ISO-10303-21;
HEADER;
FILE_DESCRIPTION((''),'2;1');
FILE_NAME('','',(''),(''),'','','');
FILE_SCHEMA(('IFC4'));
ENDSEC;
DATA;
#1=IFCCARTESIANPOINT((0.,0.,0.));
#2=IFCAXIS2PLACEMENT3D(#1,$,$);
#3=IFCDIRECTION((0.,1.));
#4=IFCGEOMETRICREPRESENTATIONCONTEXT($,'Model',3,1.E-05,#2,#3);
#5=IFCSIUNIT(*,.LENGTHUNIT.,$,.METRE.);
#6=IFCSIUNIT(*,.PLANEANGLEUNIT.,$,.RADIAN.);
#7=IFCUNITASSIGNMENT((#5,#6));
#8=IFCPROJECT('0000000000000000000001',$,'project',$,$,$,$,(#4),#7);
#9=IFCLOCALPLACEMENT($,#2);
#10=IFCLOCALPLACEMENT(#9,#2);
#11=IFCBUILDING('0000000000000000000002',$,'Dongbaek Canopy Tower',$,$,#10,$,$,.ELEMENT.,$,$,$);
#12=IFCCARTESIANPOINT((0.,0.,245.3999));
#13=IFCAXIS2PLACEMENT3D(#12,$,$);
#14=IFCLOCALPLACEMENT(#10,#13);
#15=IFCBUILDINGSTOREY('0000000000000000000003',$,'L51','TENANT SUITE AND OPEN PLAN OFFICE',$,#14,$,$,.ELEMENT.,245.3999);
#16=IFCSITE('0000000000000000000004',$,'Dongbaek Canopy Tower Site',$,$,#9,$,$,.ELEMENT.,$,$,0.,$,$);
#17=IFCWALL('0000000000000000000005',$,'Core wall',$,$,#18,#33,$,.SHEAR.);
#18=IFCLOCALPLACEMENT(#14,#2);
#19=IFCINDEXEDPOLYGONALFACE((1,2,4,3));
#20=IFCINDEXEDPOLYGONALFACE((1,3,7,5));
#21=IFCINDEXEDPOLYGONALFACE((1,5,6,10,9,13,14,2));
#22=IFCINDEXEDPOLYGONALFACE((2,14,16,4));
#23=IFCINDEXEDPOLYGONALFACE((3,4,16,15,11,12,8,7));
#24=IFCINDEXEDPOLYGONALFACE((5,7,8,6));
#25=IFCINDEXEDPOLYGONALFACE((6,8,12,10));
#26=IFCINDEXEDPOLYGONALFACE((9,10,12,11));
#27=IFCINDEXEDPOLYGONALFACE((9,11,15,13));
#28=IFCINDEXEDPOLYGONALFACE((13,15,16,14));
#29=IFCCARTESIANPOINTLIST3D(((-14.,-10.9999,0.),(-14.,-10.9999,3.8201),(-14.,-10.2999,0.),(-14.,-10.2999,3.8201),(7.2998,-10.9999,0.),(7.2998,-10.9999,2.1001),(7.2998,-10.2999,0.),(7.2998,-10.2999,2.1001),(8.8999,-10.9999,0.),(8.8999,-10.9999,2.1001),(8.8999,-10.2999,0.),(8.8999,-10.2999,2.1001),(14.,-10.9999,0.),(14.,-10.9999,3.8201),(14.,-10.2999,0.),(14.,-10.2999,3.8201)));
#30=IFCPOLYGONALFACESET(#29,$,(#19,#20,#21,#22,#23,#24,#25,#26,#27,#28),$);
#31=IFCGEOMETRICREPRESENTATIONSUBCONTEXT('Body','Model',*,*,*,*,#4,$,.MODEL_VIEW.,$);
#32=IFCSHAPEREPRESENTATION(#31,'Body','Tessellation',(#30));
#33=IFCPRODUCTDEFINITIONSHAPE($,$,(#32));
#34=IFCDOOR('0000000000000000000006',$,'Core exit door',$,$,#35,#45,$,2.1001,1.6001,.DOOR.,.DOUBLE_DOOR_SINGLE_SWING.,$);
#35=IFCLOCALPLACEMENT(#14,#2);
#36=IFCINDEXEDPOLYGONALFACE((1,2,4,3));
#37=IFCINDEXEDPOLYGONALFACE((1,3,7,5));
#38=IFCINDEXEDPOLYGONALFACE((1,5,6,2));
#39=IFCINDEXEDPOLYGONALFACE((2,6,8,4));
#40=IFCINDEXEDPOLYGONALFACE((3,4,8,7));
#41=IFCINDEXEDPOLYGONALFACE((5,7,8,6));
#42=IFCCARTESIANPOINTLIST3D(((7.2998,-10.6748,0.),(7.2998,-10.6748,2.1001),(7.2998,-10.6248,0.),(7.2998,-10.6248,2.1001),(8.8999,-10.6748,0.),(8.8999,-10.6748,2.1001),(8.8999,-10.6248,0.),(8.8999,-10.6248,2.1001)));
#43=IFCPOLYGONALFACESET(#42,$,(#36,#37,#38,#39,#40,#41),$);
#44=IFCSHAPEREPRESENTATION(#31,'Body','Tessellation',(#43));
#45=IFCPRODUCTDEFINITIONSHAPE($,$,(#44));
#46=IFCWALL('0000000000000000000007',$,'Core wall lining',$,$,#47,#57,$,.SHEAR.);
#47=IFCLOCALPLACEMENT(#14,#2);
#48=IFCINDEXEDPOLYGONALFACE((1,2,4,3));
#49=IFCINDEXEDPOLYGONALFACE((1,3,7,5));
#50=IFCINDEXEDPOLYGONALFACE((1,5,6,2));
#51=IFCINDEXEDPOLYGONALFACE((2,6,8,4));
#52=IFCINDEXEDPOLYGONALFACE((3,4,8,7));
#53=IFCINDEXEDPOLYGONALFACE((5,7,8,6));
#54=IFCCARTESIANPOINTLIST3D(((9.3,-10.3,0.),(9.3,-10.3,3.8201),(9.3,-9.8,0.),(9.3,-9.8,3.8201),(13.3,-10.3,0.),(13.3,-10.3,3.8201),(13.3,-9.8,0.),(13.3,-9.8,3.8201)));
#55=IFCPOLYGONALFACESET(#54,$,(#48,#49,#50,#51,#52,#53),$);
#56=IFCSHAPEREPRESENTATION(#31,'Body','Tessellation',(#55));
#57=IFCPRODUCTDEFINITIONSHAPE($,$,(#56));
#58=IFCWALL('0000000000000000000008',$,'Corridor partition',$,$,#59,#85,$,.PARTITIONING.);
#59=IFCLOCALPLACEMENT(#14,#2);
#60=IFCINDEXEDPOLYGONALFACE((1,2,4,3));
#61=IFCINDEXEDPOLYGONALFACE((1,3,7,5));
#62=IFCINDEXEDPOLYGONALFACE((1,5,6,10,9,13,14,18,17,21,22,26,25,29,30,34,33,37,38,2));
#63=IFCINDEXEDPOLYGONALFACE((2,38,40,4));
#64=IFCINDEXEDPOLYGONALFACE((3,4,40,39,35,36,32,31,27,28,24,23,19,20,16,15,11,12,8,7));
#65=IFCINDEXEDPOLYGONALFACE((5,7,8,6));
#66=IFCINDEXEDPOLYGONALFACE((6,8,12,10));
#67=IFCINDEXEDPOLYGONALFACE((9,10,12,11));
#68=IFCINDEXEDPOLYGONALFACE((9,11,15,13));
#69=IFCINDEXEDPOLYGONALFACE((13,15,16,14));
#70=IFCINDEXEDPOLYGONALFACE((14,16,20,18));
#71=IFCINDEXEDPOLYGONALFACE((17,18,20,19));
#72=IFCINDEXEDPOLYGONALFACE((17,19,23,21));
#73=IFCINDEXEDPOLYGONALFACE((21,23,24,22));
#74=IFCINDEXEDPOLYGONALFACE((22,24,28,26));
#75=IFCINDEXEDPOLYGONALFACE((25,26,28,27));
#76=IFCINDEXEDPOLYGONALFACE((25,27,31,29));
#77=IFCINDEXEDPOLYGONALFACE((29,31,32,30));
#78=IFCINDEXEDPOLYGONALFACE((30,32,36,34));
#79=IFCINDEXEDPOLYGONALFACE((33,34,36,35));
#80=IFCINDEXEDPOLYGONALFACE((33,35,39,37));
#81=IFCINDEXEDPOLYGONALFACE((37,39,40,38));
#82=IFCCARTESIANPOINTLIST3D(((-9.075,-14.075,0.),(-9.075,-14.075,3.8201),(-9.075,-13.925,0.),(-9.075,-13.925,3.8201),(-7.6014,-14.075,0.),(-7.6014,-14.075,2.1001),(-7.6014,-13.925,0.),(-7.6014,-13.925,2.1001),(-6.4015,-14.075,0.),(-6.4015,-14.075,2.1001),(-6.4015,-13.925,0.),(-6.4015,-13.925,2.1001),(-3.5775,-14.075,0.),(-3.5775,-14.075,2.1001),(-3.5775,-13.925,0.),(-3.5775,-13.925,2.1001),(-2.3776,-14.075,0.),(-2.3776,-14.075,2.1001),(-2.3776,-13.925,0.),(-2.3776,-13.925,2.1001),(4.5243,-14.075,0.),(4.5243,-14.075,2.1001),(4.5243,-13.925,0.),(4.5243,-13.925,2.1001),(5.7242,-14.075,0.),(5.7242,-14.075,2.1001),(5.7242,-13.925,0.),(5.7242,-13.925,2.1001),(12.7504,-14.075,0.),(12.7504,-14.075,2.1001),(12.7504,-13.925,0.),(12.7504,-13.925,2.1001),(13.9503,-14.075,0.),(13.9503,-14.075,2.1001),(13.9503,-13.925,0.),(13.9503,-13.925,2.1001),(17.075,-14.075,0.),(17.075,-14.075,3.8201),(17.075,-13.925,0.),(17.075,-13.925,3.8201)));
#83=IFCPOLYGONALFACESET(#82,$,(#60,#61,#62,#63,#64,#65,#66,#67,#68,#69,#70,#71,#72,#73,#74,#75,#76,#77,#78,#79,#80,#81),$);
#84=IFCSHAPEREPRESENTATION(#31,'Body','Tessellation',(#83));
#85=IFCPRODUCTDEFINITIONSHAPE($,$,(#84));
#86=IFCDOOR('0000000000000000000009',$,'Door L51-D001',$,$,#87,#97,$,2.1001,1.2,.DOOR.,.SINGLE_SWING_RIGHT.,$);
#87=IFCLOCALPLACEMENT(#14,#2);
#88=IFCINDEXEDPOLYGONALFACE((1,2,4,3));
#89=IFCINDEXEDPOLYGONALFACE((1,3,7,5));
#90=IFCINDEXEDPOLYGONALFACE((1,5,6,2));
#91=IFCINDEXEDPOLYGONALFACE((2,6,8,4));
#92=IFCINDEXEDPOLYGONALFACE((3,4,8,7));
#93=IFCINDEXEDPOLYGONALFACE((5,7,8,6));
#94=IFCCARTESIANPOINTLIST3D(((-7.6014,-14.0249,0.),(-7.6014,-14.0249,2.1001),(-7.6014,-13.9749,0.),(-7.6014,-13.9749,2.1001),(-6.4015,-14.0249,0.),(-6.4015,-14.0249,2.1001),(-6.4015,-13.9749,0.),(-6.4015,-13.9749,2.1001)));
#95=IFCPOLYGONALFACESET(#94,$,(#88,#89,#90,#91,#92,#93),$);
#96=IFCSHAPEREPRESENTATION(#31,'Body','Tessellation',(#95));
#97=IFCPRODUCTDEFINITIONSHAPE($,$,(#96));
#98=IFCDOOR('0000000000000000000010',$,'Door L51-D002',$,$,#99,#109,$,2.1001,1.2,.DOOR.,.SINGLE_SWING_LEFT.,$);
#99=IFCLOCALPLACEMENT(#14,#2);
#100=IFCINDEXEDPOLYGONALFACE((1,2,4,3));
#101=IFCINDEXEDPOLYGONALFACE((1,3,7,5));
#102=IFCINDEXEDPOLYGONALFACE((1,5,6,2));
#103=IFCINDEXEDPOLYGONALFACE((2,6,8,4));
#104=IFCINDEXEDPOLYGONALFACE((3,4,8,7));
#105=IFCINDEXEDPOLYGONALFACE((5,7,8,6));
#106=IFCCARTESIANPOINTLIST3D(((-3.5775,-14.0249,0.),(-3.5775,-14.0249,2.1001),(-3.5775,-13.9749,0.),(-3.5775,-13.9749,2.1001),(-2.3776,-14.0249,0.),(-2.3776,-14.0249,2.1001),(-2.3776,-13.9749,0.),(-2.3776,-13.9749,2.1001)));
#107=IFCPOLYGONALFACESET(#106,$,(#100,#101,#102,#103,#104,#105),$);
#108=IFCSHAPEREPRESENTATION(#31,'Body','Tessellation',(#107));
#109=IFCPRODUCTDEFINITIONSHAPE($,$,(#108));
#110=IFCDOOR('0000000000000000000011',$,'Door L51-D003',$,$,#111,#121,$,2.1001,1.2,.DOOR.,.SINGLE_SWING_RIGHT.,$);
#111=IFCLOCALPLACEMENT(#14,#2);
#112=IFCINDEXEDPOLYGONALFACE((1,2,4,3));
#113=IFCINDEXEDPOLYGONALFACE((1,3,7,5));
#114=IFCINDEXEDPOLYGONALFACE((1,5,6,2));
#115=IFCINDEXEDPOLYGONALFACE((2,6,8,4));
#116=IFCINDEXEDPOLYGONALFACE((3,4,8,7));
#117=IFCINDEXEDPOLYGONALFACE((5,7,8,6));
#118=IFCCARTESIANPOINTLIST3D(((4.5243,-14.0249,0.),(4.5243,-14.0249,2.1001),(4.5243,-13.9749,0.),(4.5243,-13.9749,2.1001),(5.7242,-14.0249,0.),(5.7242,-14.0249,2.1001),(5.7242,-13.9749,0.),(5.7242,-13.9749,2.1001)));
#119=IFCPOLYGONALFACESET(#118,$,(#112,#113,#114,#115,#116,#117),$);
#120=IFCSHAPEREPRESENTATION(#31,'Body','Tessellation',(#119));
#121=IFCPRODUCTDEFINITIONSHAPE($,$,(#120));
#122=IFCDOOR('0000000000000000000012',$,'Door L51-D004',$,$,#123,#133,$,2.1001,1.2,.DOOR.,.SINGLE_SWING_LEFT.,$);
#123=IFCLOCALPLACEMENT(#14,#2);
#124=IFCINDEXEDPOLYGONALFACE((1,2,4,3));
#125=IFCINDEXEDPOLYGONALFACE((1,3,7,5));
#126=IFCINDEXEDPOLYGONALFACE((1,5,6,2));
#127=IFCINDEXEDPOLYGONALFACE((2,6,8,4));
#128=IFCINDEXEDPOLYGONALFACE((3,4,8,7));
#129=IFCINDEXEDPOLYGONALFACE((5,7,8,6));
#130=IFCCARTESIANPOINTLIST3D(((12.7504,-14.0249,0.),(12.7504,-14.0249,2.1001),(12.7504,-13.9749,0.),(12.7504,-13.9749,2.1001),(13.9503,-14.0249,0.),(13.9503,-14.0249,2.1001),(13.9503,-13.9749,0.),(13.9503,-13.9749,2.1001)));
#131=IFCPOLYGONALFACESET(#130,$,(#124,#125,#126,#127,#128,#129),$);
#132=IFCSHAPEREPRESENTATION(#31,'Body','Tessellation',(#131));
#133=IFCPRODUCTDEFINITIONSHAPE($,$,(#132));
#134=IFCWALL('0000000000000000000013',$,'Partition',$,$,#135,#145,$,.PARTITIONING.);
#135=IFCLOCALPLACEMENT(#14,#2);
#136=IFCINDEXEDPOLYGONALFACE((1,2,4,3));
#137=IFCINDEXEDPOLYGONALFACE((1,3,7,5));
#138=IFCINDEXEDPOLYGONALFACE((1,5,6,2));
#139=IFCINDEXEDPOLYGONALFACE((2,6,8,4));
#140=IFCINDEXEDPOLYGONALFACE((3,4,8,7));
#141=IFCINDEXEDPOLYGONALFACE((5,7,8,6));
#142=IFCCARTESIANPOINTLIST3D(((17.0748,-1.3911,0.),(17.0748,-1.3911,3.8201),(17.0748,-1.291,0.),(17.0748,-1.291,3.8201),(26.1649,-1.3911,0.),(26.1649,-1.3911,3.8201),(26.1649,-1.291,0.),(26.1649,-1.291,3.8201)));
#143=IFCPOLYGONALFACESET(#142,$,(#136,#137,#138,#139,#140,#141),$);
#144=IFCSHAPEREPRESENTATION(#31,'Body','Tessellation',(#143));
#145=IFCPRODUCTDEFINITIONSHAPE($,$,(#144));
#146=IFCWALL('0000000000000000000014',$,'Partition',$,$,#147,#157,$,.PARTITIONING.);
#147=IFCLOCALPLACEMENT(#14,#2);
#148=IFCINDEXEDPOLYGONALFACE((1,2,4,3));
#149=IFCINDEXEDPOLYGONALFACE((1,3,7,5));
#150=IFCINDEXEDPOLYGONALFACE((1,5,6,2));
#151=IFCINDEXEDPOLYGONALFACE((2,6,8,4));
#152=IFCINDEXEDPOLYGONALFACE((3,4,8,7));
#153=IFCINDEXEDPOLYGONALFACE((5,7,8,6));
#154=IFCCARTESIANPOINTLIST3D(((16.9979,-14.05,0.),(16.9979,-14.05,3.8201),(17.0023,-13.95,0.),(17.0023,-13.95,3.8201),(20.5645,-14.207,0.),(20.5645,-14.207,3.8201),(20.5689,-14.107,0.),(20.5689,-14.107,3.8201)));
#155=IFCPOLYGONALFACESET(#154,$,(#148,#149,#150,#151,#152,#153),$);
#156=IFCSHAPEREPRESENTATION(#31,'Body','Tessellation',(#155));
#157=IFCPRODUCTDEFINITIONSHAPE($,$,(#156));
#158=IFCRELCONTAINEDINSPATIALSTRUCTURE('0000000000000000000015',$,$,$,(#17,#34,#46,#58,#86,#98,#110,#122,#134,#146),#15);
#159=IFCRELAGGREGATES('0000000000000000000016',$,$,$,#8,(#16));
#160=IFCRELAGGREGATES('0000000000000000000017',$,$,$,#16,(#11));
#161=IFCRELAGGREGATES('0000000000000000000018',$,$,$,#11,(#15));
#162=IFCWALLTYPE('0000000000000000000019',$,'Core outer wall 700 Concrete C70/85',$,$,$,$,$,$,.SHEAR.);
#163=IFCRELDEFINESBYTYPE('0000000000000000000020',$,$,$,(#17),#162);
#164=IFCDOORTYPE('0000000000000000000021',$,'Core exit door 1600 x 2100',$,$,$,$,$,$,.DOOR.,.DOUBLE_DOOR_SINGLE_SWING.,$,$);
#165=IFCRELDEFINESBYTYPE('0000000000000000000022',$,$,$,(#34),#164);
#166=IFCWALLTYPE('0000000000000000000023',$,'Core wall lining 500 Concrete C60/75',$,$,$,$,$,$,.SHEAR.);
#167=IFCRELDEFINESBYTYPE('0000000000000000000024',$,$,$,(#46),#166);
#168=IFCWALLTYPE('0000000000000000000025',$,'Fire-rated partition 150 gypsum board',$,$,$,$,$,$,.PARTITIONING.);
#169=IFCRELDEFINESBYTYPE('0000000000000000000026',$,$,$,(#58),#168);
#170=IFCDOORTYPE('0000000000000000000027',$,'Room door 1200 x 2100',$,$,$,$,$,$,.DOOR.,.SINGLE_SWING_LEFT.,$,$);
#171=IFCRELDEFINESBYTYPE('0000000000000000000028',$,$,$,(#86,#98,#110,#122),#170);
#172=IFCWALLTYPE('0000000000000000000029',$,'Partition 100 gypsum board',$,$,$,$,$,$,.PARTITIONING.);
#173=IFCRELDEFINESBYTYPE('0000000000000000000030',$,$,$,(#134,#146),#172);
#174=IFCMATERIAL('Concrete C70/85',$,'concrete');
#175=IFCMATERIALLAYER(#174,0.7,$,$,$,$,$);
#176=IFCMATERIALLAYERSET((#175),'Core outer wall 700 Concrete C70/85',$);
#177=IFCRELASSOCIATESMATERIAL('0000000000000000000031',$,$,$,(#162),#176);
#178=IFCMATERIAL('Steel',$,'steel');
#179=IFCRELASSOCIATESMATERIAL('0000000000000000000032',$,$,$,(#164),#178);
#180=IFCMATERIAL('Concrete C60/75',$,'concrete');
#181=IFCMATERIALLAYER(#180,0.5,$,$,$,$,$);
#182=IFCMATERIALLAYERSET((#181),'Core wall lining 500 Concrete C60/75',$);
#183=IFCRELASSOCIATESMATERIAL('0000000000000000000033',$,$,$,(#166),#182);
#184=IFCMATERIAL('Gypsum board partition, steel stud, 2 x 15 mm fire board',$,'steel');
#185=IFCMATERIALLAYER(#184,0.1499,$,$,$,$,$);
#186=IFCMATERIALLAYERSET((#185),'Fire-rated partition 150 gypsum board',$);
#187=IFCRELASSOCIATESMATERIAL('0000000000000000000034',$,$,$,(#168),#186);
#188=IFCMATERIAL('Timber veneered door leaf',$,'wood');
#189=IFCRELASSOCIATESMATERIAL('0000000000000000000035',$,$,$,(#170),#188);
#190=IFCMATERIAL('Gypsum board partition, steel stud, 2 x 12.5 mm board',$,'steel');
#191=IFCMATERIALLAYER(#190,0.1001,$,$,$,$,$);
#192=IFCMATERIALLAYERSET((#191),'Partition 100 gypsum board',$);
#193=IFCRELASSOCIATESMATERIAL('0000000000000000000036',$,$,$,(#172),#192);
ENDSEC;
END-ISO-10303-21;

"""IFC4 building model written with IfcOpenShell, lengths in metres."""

from ifc_helpers import new_model, si_unit, direction, frame, frame_2d, origin, place, context, subcontext, project, spatial, rectangle, extrude, material, layer, layer_set, type_object, element, fill, save


model = new_model("IFC4")

# Units and contexts
model_context = context("Model", 3, precision=1e-05, world=origin(), true_north=direction((0.0, 1.0)))
body_context = subcontext(model_context, "Body", "Model", "MODEL_VIEW")
ifc_project = project(units=[si_unit("LENGTHUNIT", "METRE"), si_unit("PLANEANGLEUNIT", "RADIAN")], contexts=[model_context])

# Site, building, storey
site_placement = place(None, origin())
site = spatial("IfcSite", under=ifc_project, at=site_placement, Name="Dongbaek Canopy Tower Site", CompositionType="ELEMENT", RefElevation=0.0)
building_placement = place(site_placement, origin())
building = spatial("IfcBuilding", under=site, at=building_placement, Name="Dongbaek Canopy Tower", CompositionType="ELEMENT")
storey_placement = place(building_placement, frame((0.0, 0.0, 245.3999)))
storey = spatial("IfcBuildingStorey", under=building, at=storey_placement, Name="L51", Description="TENANT SUITE AND OPEN PLAN OFFICE", CompositionType="ELEMENT", Elevation=245.3999)

# Wall, opening, door
ifc_material_1 = material(Name="Concrete C70/85", Category="concrete")
ifc_layer_1 = layer(ifc_material_1, 0.7)
ifc_layer_set_1 = layer_set([ifc_layer_1], Name="Core outer wall 700 Concrete C70/85")
wall_type_1 = type_object("IfcWallType", Name="Core outer wall 700 Concrete C70/85", PredefinedType="SHEAR", material=ifc_layer_set_1)
wall_1_placement = place(storey_placement, frame((14.0, -10.6499, 0.0), z_axis=(0.0, 0.0, 1.0), x_axis=(-1.0, 0.0, 0.0)))
wall_1 = element("IfcWall", 1, at=wall_1_placement, inside=storey, type_object=wall_type_1, Name="Core wall", PredefinedType="SHEAR", context=body_context, shape_type="SweptSolid", body=[
    extrude(rectangle(XDim=28.0, YDim=0.7, at=frame_2d((14.0, 0.0))), origin(), (0.0, 0.0, 1.0), 3.8201),
])
opening_1_placement = place(wall_1_placement, frame((5.1001, 0.0, 0.0)))
opening_1 = element("IfcOpeningElement", 2, at=opening_1_placement, cuts=wall_1, PredefinedType="OPENING", context=body_context, shape_type="SweptSolid", body=[
    extrude(rectangle(XDim=1.6001, YDim=2.1001, at=frame_2d((0.8, 1.05))), frame((0.0, 0.3599, 0.0), z_axis=(0.0, -1.0, 0.0), x_axis=(1.0, 0.0, 0.0)), (0.0, 0.0, 1.0), 0.72),
])
ifc_material_2 = material(Name="Steel", Category="steel")
door_type_1 = type_object("IfcDoorType", Name="Core exit door 1600 x 2100", OperationType="DOUBLE_DOOR_SINGLE_SWING", PredefinedType="DOOR", material=ifc_material_2)
door_1_placement = place(opening_1_placement, origin())
door_1 = element("IfcDoor", 3, at=door_1_placement, inside=storey, type_object=door_type_1, Name="Core exit door", OperationType="DOUBLE_DOOR_SINGLE_SWING", OverallHeight=2.1001, OverallWidth=1.6001, PredefinedType="DOOR", context=body_context, shape_type="SweptSolid", body=[
    extrude(rectangle(XDim=1.6001, YDim=2.1001, at=frame_2d((0.8, 1.05))), frame((0.0, 0.0249, 0.0), z_axis=(0.0, -1.0, 0.0), x_axis=(1.0, 0.0, 0.0)), (0.0, 0.0, 1.0), 0.05),
])
fill(opening_1, door_1)

# Wall
ifc_material_3 = material(Name="Concrete C60/75", Category="concrete")
ifc_layer_2 = layer(ifc_material_3, 0.5)
ifc_layer_set_2 = layer_set([ifc_layer_2], Name="Core wall lining 500 Concrete C60/75")
wall_type_2 = type_object("IfcWallType", Name="Core wall lining 500 Concrete C60/75", PredefinedType="SHEAR", material=ifc_layer_set_2)
wall_2_placement = place(storey_placement, frame((13.3, -10.05, 0.0), z_axis=(0.0, 0.0, 1.0), x_axis=(-1.0, 0.0, 0.0)))
element("IfcWall", 4, at=wall_2_placement, inside=storey, type_object=wall_type_2, Name="Core wall lining", PredefinedType="SHEAR", context=body_context, shape_type="SweptSolid", body=[
    extrude(rectangle(XDim=4.0, YDim=0.5, at=frame_2d((2.0, 0.0))), origin(), (0.0, 0.0, 1.0), 3.8201),
])

# Wall, openings, doors
ifc_material_4 = material(Name="Gypsum board partition, steel stud, 2 x 15 mm fire board", Category="steel")
ifc_layer_3 = layer(ifc_material_4, 0.1499)
ifc_layer_set_3 = layer_set([ifc_layer_3], Name="Fire-rated partition 150 gypsum board")
wall_type_3 = type_object("IfcWallType", Name="Fire-rated partition 150 gypsum board", PredefinedType="PARTITIONING", material=ifc_layer_set_3)
wall_3_placement = place(storey_placement, frame((17.075, -14.0, 0.0), z_axis=(0.0, 0.0, 1.0), x_axis=(-1.0, 0.0, 0.0)))
wall_3 = element("IfcWall", 5, at=wall_3_placement, inside=storey, type_object=wall_type_3, Name="Corridor partition", PredefinedType="PARTITIONING", context=body_context, shape_type="SweptSolid", body=[
    extrude(rectangle(XDim=26.1499, YDim=0.1499, at=frame_2d((13.075, 0.0))), origin(), (0.0, 0.0, 1.0), 3.8201),
])
opening_2_placement = place(wall_3_placement, frame((23.4763, 0.0, 0.0)))
opening_2 = element("IfcOpeningElement", 6, at=opening_2_placement, cuts=wall_3, PredefinedType="OPENING", context=body_context, shape_type="SweptSolid", body=[
    extrude(rectangle(XDim=1.2, YDim=2.1001, at=frame_2d((0.6001, 1.05))), frame((0.0, 0.085, 0.0), z_axis=(0.0, -1.0, 0.0), x_axis=(1.0, 0.0, 0.0)), (0.0, 0.0, 1.0), 0.1699),
])
opening_3_placement = place(wall_3_placement, frame((19.4524, 0.0, 0.0)))
opening_3 = element("IfcOpeningElement", 7, at=opening_3_placement, cuts=wall_3, PredefinedType="OPENING", context=body_context, shape_type="SweptSolid", body=[
    extrude(rectangle(XDim=1.2, YDim=2.1001, at=frame_2d((0.6001, 1.05))), frame((0.0, 0.085, 0.0), z_axis=(0.0, -1.0, 0.0), x_axis=(1.0, 0.0, 0.0)), (0.0, 0.0, 1.0), 0.1699),
])
opening_4_placement = place(wall_3_placement, frame((11.3506, 0.0, 0.0)))
opening_4 = element("IfcOpeningElement", 8, at=opening_4_placement, cuts=wall_3, PredefinedType="OPENING", context=body_context, shape_type="SweptSolid", body=[
    extrude(rectangle(XDim=1.2, YDim=2.1001, at=frame_2d((0.6001, 1.05))), frame((0.0, 0.085, 0.0), z_axis=(0.0, -1.0, 0.0), x_axis=(1.0, 0.0, 0.0)), (0.0, 0.0, 1.0), 0.1699),
])
opening_5_placement = place(wall_3_placement, frame((3.1245, 0.0, 0.0)))
opening_5 = element("IfcOpeningElement", 9, at=opening_5_placement, cuts=wall_3, PredefinedType="OPENING", context=body_context, shape_type="SweptSolid", body=[
    extrude(rectangle(XDim=1.2, YDim=2.1001, at=frame_2d((0.6001, 1.05))), frame((0.0, 0.085, 0.0), z_axis=(0.0, -1.0, 0.0), x_axis=(1.0, 0.0, 0.0)), (0.0, 0.0, 1.0), 0.1699),
])
ifc_material_5 = material(Name="Timber veneered door leaf", Category="wood")
door_type_2 = type_object("IfcDoorType", Name="Room door 1200 x 2100", OperationType="SINGLE_SWING_LEFT", PredefinedType="DOOR", material=ifc_material_5)
door_2_placement = place(opening_2_placement, origin())
door_2 = element("IfcDoor", 10, at=door_2_placement, inside=storey, type_object=door_type_2, Name="Door L51-D001", OperationType="SINGLE_SWING_RIGHT", OverallHeight=2.1001, OverallWidth=1.2, PredefinedType="DOOR", context=body_context, shape_type="SweptSolid", body=[
    extrude(rectangle(XDim=1.2, YDim=2.1001, at=frame_2d((0.6001, 1.05))), frame((0.0, 0.0249, 0.0), z_axis=(0.0, -1.0, 0.0), x_axis=(1.0, 0.0, 0.0)), (0.0, 0.0, 1.0), 0.05),
])
fill(opening_2, door_2)
door_3_placement = place(opening_3_placement, origin())
door_3 = element("IfcDoor", 11, at=door_3_placement, inside=storey, type_object=door_type_2, Name="Door L51-D002", OperationType="SINGLE_SWING_LEFT", OverallHeight=2.1001, OverallWidth=1.2, PredefinedType="DOOR", context=body_context, shape_type="SweptSolid", body=[
    extrude(rectangle(XDim=1.2, YDim=2.1001, at=frame_2d((0.6001, 1.05))), frame((0.0, 0.0249, 0.0), z_axis=(0.0, -1.0, 0.0), x_axis=(1.0, 0.0, 0.0)), (0.0, 0.0, 1.0), 0.05),
])
fill(opening_3, door_3)
door_4_placement = place(opening_4_placement, origin())
door_4 = element("IfcDoor", 12, at=door_4_placement, inside=storey, type_object=door_type_2, Name="Door L51-D003", OperationType="SINGLE_SWING_RIGHT", OverallHeight=2.1001, OverallWidth=1.2, PredefinedType="DOOR", context=body_context, shape_type="SweptSolid", body=[
    extrude(rectangle(XDim=1.2, YDim=2.1001, at=frame_2d((0.6001, 1.05))), frame((0.0, 0.0249, 0.0), z_axis=(0.0, -1.0, 0.0), x_axis=(1.0, 0.0, 0.0)), (0.0, 0.0, 1.0), 0.05),
])
fill(opening_4, door_4)
door_5_placement = place(opening_5_placement, origin())
door_5 = element("IfcDoor", 13, at=door_5_placement, inside=storey, type_object=door_type_2, Name="Door L51-D004", OperationType="SINGLE_SWING_LEFT", OverallHeight=2.1001, OverallWidth=1.2, PredefinedType="DOOR", context=body_context, shape_type="SweptSolid", body=[
    extrude(rectangle(XDim=1.2, YDim=2.1001, at=frame_2d((0.6001, 1.05))), frame((0.0, 0.0249, 0.0), z_axis=(0.0, -1.0, 0.0), x_axis=(1.0, 0.0, 0.0)), (0.0, 0.0, 1.0), 0.05),
])
fill(opening_5, door_5)

# Walls
ifc_material_6 = material(Name="Gypsum board partition, steel stud, 2 x 12.5 mm board", Category="steel")
ifc_layer_4 = layer(ifc_material_6, 0.1001)
ifc_layer_set_4 = layer_set([ifc_layer_4], Name="Partition 100 gypsum board")
wall_type_4 = type_object("IfcWallType", Name="Partition 100 gypsum board", PredefinedType="PARTITIONING", material=ifc_layer_set_4)
wall_4_placement = place(storey_placement, frame((17.075, -1.3411, 0.0), z_axis=(0.0, 0.0, 1.0), x_axis=(1.0, 0.0, 0.0)))
element("IfcWall", 14, at=wall_4_placement, inside=storey, type_object=wall_type_4, Name="Partition", PredefinedType="PARTITIONING", context=body_context, shape_type="SweptSolid", body=[
    extrude(rectangle(XDim=9.0901, YDim=0.1001, at=frame_2d((4.5449, 0.0))), origin(), (0.0, 0.0, 1.0), 3.8201),
])
wall_5_placement = place(storey_placement, frame((17.0, -14.0, 0.0), z_axis=(0.0, 0.0, 1.0), x_axis=(0.999033, -0.043971, 0.0)))
element("IfcWall", 15, at=wall_5_placement, inside=storey, type_object=wall_type_4, Name="Partition", PredefinedType="PARTITIONING", context=body_context, shape_type="SweptSolid", body=[
    extrude(rectangle(XDim=3.5701, YDim=0.1001, at=frame_2d((1.7852, 0.0))), origin(), (0.0, 0.0, 1.0), 3.8201),
])

save(model, "model.ifc")
